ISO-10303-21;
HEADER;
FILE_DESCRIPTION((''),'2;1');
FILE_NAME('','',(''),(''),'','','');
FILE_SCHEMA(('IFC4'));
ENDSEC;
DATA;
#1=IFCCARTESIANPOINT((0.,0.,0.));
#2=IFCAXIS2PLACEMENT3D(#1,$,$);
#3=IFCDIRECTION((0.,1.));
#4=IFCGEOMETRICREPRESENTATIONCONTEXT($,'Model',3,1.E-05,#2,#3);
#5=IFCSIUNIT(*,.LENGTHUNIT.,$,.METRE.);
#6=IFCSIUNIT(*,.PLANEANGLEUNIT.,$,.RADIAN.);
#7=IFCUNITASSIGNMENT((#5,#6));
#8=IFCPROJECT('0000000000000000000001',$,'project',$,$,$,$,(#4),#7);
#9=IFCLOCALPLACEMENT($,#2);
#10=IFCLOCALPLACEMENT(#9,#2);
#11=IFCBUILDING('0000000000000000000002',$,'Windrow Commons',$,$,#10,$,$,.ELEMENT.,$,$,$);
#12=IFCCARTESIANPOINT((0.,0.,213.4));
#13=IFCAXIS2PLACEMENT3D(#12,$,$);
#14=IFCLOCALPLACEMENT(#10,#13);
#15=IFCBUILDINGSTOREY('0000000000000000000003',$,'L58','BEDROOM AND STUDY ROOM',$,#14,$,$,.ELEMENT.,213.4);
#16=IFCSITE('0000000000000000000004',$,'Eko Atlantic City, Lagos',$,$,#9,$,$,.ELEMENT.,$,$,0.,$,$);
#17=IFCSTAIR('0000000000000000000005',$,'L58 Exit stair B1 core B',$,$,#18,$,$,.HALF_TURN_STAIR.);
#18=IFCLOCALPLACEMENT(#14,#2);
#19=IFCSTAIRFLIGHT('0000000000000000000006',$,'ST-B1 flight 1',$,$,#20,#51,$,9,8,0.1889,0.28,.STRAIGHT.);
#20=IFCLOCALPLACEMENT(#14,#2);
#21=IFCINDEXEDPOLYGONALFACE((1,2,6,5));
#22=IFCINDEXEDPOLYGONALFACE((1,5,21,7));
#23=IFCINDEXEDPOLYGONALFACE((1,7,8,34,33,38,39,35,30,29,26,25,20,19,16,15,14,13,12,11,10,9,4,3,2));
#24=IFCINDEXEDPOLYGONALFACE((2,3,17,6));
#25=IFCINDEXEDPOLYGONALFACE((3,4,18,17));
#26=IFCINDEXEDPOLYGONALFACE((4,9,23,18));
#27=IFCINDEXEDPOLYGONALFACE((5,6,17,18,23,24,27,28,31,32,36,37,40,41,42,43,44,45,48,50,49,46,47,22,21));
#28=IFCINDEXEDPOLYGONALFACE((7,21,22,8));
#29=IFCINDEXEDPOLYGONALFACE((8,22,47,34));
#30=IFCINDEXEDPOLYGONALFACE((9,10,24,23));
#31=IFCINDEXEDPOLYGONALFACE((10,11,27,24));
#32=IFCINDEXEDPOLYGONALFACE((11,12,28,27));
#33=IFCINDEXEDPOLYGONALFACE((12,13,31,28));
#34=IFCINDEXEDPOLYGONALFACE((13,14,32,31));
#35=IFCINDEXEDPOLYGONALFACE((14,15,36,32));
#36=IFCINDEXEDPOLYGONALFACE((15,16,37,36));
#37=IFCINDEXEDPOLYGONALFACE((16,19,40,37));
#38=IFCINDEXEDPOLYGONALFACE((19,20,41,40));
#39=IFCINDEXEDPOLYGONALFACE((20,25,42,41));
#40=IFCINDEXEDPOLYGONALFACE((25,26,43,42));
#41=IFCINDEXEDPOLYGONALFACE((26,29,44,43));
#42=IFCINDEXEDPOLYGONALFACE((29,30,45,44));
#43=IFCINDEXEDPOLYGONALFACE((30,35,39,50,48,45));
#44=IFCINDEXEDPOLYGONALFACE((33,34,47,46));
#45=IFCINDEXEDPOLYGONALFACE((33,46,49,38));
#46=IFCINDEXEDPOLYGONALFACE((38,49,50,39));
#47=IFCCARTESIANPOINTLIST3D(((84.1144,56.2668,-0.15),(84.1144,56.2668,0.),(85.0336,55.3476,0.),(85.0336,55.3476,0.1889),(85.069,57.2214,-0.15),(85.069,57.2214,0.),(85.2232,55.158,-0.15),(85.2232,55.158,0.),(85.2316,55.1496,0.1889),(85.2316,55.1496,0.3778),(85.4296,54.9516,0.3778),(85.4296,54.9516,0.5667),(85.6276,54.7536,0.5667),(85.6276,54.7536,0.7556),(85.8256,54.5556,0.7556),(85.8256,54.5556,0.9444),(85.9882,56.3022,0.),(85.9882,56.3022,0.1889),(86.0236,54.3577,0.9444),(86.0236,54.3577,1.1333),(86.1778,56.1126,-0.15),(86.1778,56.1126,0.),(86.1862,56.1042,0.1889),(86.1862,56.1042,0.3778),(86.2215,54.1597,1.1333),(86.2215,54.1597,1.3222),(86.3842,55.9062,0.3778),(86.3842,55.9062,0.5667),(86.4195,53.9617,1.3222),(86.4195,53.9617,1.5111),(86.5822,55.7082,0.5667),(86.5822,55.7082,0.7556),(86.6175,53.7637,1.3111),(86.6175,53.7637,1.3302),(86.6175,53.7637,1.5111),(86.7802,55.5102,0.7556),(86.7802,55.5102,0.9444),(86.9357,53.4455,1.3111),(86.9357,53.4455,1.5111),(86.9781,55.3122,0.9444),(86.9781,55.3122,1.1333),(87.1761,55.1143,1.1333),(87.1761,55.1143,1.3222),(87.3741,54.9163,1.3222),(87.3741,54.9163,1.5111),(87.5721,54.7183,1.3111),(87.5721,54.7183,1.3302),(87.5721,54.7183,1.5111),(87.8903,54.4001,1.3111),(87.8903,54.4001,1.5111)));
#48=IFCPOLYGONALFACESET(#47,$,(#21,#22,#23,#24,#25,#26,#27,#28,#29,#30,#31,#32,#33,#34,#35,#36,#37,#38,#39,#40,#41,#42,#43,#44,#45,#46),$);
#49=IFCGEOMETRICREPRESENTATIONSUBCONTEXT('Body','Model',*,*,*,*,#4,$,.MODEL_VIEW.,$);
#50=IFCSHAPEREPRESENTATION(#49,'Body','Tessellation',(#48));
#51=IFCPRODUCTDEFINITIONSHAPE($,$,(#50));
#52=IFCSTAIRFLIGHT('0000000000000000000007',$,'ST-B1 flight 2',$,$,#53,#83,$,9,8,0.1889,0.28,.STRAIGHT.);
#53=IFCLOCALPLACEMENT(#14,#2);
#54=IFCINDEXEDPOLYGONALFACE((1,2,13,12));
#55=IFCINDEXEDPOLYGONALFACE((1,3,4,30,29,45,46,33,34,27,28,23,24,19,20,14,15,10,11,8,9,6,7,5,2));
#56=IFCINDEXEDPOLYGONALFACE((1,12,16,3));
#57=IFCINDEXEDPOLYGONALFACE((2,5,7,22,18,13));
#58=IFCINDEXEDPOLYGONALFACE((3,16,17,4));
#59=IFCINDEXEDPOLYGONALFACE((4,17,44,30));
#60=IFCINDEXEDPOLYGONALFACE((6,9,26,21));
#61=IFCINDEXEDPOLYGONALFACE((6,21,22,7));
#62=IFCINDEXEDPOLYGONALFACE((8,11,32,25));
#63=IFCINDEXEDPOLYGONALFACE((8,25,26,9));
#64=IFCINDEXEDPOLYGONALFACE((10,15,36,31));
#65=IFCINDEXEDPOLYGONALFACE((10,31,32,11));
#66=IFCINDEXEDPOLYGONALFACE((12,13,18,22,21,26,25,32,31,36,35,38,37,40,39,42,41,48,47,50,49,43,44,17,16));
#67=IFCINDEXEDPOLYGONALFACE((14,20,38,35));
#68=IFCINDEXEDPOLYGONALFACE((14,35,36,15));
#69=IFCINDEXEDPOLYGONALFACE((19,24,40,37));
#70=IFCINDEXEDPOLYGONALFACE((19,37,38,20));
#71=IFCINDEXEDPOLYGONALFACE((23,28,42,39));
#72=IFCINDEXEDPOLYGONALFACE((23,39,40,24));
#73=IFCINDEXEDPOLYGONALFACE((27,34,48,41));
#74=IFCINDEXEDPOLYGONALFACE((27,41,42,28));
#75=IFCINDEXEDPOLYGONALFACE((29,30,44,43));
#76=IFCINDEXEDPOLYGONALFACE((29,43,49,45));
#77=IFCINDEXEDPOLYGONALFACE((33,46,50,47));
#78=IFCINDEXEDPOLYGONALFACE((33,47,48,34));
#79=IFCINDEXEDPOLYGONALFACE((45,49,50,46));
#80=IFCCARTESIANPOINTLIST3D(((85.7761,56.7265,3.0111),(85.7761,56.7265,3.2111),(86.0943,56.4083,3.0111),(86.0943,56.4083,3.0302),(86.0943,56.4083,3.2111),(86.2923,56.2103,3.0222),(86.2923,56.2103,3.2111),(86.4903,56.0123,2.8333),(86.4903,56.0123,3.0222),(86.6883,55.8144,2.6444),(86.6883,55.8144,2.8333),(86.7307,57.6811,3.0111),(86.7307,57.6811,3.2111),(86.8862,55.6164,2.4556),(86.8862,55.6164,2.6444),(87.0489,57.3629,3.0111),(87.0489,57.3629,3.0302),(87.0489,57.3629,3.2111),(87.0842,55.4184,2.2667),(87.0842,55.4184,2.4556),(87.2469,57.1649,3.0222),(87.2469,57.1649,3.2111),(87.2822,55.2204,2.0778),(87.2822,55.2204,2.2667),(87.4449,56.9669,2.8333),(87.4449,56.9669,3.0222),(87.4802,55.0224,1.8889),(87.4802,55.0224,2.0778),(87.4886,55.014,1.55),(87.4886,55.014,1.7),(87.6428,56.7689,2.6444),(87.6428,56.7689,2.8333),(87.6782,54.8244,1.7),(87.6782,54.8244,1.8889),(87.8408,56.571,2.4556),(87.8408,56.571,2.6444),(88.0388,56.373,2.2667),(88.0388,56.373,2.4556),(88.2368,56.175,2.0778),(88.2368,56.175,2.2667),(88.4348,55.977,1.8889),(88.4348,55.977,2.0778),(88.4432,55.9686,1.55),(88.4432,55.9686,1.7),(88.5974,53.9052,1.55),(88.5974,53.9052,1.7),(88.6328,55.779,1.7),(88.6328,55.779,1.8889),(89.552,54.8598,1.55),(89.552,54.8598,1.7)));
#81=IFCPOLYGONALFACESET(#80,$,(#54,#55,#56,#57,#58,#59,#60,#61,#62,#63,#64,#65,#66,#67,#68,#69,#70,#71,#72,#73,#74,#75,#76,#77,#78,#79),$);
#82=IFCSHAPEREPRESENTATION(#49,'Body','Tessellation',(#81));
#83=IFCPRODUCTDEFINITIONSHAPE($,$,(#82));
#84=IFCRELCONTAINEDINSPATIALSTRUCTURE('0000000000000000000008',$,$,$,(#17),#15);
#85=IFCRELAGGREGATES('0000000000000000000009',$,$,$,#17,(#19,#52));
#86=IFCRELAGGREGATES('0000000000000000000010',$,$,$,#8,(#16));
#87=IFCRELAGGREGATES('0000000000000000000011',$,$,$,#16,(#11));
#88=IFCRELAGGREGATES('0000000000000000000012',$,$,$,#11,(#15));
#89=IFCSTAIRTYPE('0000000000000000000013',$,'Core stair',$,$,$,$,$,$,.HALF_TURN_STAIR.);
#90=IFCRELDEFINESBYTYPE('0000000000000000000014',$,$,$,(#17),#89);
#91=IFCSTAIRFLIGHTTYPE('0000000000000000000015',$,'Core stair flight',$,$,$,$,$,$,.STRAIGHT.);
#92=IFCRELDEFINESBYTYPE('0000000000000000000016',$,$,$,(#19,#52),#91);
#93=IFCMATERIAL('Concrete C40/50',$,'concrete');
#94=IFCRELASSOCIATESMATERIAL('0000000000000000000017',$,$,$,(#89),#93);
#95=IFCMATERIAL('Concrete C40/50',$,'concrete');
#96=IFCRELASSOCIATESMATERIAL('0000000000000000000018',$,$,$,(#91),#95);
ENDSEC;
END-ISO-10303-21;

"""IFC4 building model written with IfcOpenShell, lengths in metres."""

from ifc_helpers import new_model, si_unit, direction, frame, origin, place, context, subcontext, project, spatial, polyline, outline, extrude, material, type_object, element, aggregate, save


model = new_model("IFC4")

# Units and contexts
model_context = context("Model", 3, precision=1e-05, world=origin(), true_north=direction((0.0, 1.0)))
body_context = subcontext(model_context, "Body", "Model", "MODEL_VIEW")
ifc_project = project(units=[si_unit("LENGTHUNIT", "METRE"), si_unit("PLANEANGLEUNIT", "RADIAN")], contexts=[model_context])

# Site, building, storey
site_placement = place(None, origin())
site = spatial("IfcSite", under=ifc_project, at=site_placement, Name="Eko Atlantic City, Lagos", CompositionType="ELEMENT", RefElevation=0.0)
building_placement = place(site_placement, origin())
building = spatial("IfcBuilding", under=site, at=building_placement, Name="Windrow Commons", CompositionType="ELEMENT")
storey_placement = place(building_placement, frame((0.0, 0.0, 213.4)))
storey = spatial("IfcBuildingStorey", under=building, at=storey_placement, Name="L58", Description="BEDROOM AND STUDY ROOM", CompositionType="ELEMENT", Elevation=213.4)

# Stair, stair flights
ifc_material_1 = material(Name="Concrete C40/50", Category="concrete")
stair_type = type_object("IfcStairType", Name="Core stair", PredefinedType="HALF_TURN_STAIR", material=ifc_material_1)
stair_placement = place(storey_placement, origin())
stair = element("IfcStair", 1, at=stair_placement, inside=storey, type_object=stair_type, Name="L58 Exit stair B1 core B", PredefinedType="HALF_TURN_STAIR")
ifc_material_2 = material(Name="Concrete C40/50", Category="concrete")
stair_flight_type = type_object("IfcStairFlightType", Name="Core stair flight", PredefinedType="STRAIGHT", material=ifc_material_2)
stair_flight_1_placement = place(storey_placement, frame((85.5109, 55.8249, 0.0), z_axis=(0.0, 0.0, 1.0), x_axis=(0.707107, -0.707107, 0.0)))
stair_flight_1 = element("IfcStairFlight", 2, at=stair_flight_1_placement, type_object=stair_flight_type, Name="ST-B1 flight 1", NumberOfRisers=9, NumberOfTreads=8, PredefinedType="STRAIGHT", RiserHeight=0.1889, TreadLength=0.28, context=body_context, shape_type="SweptSolid", body=[
    extrude(outline(polyline([(-1.3, -0.15), (-1.3, 0.0), (0.0, 0.0), (0.0, 0.1889), (0.28, 0.1889), (0.28, 0.3778), (0.56, 0.3778), (0.56, 0.5667), (0.84, 0.5667), (0.84, 0.7556), (1.12, 0.7556), (1.12, 0.9444), (1.4, 0.9444), (1.4, 1.1333), (1.68, 1.1333), (1.68, 1.3222), (1.96, 1.3222), (1.96, 1.5111), (2.24, 1.5111), (2.69, 1.5111), (2.69, 1.3111), (2.24, 1.3111), (2.24, 1.3302), (0.2682, 0.0), (0.2682, -0.15), (-1.3, -0.15)])), frame((0.0, 0.675, 0.0), z_axis=(0.0, -1.0, 0.0), x_axis=(1.0, 0.0, 0.0)), (0.0, 0.0, 1.0), 1.35),
])
stair_flight_2_placement = place(storey_placement, frame((88.1555, 55.3017, 1.7), z_axis=(0.0, 0.0, 1.0), x_axis=(-0.707107, 0.707107, 0.0)))
stair_flight_2 = element("IfcStairFlight", 3, at=stair_flight_2_placement, type_object=stair_flight_type, Name="ST-B1 flight 2", NumberOfRisers=9, NumberOfTreads=8, PredefinedType="STRAIGHT", RiserHeight=0.1889, TreadLength=0.28, context=body_context, shape_type="SweptSolid", body=[
    extrude(outline(polyline([(-1.3, -0.15), (-1.3, 0.0), (0.0, 0.0), (0.0, 0.1889), (0.28, 0.1889), (0.28, 0.3778), (0.56, 0.3778), (0.56, 0.5667), (0.84, 0.5667), (0.84, 0.7556), (1.12, 0.7556), (1.12, 0.9444), (1.4, 0.9444), (1.4, 1.1333), (1.68, 1.1333), (1.68, 1.3222), (1.96, 1.3222), (1.96, 1.5111), (2.24, 1.5111), (2.69, 1.5111), (2.69, 1.3111), (2.24, 1.3111), (2.24, 1.3302), (0.2682, 0.0), (0.2682, -0.15), (-1.3, -0.15)])), frame((0.0, 0.675, 0.0), z_axis=(0.0, -1.0, 0.0), x_axis=(1.0, 0.0, 0.0)), (0.0, 0.0, 1.0), 1.35),
])
aggregate(stair, [stair_flight_1, stair_flight_2])

save(model, "model.ifc")
